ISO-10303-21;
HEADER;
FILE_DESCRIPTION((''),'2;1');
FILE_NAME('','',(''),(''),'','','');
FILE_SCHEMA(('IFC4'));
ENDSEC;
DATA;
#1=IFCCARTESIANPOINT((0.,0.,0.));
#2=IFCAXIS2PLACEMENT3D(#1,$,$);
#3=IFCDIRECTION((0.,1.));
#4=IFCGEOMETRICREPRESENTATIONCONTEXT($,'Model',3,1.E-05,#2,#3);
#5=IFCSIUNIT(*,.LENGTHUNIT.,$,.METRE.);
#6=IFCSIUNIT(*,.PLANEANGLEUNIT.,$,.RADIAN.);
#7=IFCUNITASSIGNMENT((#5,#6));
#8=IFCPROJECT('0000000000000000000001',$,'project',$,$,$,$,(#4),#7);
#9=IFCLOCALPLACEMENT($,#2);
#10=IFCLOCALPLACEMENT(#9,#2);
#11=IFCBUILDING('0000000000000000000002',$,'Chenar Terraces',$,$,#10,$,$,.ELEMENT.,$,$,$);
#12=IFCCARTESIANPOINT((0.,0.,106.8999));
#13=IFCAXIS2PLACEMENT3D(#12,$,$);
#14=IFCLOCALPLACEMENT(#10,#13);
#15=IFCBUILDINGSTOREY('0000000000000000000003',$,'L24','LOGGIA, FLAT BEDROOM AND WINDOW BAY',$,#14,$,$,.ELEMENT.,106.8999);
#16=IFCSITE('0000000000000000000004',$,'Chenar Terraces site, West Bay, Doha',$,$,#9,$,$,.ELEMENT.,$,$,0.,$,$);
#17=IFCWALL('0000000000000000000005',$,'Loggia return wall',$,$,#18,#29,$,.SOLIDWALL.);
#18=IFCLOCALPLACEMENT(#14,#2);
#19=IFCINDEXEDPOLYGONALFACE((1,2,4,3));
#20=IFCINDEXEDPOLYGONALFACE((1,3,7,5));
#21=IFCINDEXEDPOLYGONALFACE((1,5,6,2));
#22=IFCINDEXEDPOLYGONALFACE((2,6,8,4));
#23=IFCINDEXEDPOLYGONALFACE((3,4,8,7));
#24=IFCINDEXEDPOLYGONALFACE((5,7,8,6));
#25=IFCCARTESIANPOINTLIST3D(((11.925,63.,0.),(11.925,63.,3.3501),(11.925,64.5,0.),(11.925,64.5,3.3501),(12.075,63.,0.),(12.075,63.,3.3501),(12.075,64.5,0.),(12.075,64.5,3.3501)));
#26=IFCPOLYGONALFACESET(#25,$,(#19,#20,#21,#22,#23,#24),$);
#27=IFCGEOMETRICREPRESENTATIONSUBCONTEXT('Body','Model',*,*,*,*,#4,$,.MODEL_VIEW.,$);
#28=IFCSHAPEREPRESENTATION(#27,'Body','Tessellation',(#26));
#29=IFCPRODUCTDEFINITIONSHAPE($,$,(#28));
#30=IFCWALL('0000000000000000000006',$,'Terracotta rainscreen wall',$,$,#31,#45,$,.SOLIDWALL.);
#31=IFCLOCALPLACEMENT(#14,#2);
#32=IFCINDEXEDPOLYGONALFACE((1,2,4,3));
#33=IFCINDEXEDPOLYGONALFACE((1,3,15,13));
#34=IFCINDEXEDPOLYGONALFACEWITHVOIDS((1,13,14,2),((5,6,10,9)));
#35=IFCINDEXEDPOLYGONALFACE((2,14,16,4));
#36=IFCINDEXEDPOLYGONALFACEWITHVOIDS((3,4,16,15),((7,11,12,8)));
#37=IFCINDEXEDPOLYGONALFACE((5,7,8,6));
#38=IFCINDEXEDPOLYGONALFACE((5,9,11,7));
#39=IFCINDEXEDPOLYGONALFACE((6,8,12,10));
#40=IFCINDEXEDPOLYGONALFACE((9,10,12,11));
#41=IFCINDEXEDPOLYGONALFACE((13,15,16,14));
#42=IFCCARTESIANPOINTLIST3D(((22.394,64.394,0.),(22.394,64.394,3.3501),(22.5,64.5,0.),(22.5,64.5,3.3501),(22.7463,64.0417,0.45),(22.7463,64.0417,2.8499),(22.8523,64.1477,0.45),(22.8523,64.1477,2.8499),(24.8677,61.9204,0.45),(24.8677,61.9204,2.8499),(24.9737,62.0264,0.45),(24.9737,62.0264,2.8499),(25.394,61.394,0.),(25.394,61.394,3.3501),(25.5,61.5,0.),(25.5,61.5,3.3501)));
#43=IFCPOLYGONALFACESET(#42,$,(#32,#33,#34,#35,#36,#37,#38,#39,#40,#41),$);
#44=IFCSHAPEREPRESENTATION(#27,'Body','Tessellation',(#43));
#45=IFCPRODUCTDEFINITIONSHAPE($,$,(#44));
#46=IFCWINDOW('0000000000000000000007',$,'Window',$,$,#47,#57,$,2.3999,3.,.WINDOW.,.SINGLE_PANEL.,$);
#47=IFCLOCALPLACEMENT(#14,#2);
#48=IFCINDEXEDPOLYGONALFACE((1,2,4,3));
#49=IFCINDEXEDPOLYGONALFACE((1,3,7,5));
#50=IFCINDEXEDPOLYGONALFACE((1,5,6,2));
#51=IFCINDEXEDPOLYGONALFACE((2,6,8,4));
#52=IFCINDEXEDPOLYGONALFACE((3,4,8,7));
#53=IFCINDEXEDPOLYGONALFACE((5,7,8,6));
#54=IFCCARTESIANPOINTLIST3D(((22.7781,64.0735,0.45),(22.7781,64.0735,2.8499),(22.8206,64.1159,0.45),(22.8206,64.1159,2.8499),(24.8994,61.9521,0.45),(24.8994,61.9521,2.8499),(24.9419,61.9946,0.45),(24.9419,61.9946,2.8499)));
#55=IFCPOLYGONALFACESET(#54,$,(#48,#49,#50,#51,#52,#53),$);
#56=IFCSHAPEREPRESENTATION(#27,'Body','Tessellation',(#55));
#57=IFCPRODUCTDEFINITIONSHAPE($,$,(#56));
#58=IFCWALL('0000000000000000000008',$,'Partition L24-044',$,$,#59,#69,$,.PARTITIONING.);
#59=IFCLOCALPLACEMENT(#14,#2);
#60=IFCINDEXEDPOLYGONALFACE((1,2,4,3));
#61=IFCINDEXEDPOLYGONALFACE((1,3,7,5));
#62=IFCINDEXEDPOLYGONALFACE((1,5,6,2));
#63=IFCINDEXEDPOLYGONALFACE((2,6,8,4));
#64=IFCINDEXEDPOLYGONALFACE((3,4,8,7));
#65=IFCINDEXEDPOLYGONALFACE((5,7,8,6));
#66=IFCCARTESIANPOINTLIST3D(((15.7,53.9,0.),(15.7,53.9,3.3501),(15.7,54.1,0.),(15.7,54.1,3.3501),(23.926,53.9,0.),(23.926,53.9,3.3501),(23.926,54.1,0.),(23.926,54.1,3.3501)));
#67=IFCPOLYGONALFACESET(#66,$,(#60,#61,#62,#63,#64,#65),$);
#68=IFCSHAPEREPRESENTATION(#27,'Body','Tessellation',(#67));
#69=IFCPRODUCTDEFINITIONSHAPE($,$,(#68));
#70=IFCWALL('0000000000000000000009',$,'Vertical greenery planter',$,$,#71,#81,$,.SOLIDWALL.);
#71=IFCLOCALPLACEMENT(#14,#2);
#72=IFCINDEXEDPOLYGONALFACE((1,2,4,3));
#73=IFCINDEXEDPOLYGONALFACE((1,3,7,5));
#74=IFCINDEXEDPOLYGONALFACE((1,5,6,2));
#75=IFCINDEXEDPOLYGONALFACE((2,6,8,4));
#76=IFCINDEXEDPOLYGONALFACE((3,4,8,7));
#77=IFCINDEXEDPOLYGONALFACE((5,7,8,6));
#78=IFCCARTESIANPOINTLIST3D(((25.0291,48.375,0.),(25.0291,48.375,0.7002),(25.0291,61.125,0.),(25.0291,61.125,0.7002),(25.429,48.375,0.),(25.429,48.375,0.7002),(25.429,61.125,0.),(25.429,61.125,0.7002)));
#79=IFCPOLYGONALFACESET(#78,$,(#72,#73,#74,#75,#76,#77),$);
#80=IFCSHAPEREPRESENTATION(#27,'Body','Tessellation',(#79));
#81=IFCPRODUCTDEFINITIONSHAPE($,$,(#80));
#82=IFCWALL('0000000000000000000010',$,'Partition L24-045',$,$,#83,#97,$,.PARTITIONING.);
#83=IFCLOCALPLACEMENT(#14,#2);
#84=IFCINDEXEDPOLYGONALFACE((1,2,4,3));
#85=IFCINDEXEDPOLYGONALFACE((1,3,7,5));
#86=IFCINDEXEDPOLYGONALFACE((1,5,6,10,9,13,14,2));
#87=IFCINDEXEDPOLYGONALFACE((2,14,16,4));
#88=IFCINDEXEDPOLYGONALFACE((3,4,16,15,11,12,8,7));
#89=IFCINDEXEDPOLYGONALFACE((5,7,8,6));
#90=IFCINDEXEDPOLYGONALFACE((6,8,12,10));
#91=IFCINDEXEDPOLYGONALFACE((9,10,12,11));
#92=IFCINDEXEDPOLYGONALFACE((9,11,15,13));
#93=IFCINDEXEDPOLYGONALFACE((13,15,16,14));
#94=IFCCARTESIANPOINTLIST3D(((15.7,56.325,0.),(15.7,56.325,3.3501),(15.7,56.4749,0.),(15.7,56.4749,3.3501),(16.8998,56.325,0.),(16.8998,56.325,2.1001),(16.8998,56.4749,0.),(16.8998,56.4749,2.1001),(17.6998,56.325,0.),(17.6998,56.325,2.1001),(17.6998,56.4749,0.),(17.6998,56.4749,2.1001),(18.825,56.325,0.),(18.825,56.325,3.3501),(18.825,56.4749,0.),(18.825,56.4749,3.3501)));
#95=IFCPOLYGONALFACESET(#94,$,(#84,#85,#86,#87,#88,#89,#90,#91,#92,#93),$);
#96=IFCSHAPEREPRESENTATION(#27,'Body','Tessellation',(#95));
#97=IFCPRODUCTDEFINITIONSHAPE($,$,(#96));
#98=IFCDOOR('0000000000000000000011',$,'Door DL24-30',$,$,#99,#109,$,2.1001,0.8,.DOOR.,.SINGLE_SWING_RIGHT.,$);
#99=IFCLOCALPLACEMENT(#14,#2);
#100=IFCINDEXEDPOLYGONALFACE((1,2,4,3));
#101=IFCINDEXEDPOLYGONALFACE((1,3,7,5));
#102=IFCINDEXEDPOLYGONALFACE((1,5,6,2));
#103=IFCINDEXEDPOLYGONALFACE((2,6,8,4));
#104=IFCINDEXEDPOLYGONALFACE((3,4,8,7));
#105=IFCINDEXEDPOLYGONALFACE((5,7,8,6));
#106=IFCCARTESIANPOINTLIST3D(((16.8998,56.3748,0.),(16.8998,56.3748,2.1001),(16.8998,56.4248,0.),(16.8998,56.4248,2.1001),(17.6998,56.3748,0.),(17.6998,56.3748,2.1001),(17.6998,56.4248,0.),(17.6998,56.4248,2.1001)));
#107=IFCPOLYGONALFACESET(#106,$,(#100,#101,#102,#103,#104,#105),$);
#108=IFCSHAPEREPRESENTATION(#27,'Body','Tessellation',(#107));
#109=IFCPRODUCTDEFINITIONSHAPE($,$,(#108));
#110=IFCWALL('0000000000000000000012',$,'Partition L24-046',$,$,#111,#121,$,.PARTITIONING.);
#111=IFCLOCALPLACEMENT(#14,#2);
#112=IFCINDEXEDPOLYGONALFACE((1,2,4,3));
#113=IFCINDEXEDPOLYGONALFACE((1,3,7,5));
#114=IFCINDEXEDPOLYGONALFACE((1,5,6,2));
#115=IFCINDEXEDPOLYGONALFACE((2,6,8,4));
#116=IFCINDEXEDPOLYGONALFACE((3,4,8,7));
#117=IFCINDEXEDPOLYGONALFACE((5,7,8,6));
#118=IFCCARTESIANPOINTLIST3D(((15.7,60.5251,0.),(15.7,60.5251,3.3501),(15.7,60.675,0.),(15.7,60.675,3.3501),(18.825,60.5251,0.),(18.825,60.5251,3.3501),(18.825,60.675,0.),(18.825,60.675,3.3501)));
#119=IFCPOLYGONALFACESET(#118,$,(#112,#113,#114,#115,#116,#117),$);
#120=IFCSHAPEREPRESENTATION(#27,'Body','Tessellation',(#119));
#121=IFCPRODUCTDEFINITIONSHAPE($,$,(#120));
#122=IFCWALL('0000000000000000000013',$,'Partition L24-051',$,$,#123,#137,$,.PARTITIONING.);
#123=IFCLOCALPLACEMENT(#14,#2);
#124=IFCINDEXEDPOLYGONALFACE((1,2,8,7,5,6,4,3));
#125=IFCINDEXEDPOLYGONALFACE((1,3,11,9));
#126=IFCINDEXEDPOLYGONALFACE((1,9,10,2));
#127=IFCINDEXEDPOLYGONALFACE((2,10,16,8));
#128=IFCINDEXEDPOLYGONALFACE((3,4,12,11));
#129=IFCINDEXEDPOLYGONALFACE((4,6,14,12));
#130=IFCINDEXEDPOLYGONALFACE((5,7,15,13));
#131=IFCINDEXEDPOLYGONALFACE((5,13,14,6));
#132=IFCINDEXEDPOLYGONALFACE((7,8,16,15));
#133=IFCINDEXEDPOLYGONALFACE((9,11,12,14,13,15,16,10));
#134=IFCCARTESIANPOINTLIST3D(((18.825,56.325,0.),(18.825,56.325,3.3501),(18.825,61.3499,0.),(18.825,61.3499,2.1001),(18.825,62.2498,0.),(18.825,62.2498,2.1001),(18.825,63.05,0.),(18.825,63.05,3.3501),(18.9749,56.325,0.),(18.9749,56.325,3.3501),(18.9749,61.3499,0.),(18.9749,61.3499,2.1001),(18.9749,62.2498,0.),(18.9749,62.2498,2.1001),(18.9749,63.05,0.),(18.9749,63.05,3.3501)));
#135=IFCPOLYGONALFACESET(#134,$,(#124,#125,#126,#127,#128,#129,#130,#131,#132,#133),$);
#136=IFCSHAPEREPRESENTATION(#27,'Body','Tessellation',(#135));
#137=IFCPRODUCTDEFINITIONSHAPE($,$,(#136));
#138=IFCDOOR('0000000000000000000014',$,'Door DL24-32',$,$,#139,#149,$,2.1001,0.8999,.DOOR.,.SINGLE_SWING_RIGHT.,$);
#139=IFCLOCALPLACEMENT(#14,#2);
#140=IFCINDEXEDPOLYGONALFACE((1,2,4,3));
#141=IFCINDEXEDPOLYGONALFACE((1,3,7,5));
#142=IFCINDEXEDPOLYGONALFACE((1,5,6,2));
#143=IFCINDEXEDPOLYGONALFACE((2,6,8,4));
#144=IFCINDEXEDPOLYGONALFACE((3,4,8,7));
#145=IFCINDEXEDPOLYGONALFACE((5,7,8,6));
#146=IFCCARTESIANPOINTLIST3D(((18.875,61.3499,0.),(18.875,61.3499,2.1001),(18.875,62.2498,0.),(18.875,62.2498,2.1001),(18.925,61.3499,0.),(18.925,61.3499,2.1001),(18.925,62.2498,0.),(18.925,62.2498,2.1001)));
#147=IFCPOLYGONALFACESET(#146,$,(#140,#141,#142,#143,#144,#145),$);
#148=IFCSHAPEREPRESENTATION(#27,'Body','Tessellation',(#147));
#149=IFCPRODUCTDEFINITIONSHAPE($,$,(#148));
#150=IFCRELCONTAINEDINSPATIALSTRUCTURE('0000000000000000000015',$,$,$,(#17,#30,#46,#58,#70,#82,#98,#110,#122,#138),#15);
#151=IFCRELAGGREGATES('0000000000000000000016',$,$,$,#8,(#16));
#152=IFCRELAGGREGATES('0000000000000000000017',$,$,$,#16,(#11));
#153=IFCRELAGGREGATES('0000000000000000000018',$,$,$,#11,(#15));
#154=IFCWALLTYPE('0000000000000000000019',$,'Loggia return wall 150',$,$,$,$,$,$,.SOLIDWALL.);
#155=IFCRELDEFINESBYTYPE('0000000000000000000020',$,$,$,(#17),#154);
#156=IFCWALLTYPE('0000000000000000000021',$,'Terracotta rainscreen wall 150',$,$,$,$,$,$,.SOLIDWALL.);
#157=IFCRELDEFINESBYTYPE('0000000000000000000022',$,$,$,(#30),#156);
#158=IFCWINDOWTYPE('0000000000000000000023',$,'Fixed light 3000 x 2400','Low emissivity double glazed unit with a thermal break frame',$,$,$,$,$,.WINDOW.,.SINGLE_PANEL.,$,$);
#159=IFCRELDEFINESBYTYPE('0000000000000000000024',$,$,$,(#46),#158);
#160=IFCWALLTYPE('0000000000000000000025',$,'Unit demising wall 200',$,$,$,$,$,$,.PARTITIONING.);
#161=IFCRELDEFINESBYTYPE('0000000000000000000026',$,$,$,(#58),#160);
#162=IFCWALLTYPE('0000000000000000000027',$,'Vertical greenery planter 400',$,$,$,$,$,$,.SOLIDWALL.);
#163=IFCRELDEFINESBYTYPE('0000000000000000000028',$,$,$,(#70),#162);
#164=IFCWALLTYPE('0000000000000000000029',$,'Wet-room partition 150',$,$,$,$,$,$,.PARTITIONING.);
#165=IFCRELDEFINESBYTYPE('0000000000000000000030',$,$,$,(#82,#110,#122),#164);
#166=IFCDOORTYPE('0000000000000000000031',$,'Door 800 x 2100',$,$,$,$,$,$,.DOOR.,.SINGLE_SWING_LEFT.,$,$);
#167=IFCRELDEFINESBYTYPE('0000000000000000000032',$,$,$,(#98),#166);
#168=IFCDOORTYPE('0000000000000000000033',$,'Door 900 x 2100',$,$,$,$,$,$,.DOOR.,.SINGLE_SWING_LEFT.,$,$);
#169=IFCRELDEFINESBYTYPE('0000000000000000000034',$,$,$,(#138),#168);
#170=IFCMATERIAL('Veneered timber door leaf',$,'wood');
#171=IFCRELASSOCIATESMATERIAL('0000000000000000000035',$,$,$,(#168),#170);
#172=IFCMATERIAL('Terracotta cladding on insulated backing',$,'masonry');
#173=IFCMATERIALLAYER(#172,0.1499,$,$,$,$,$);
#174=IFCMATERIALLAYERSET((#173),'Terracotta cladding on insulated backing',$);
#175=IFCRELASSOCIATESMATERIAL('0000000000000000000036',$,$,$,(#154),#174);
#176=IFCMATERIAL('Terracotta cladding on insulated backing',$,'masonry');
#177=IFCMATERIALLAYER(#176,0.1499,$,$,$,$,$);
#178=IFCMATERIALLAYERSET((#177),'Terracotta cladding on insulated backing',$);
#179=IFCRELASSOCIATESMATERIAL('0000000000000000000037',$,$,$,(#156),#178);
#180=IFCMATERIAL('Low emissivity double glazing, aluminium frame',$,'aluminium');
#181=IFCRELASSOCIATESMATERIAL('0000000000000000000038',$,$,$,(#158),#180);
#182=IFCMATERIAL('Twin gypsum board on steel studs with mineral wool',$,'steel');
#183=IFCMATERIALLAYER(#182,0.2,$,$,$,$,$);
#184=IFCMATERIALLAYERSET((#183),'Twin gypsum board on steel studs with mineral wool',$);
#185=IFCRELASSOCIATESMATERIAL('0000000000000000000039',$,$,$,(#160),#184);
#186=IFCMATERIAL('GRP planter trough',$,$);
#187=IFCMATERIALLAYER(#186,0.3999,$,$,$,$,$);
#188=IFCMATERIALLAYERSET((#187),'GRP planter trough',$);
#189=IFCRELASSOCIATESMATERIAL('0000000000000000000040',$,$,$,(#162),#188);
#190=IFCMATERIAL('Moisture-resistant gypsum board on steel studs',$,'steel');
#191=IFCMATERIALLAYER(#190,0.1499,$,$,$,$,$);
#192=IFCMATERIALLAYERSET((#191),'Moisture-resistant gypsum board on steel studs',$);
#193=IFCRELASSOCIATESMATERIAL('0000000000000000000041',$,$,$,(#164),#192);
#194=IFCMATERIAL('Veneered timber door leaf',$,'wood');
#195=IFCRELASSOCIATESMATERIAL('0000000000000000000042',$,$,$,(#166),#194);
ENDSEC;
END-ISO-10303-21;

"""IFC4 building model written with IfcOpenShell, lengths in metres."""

from ifc_helpers import new_model, si_unit, direction, frame, frame_2d, origin, place, context, subcontext, project, spatial, rectangle, extrude, material, layer, layer_set, type_object, element, fill, save


model = new_model("IFC4")

# Units and contexts
model_context = context("Model", 3, precision=1e-05, world=origin(), true_north=direction((0.0, 1.0)))
body_context = subcontext(model_context, "Body", "Model", "MODEL_VIEW")
ifc_project = project(units=[si_unit("LENGTHUNIT", "METRE"), si_unit("PLANEANGLEUNIT", "RADIAN")], contexts=[model_context])

# Site, building, storey
site_placement = place(None, origin())
site = spatial("IfcSite", under=ifc_project, at=site_placement, Name="Chenar Terraces site, West Bay, Doha", CompositionType="ELEMENT", RefElevation=0.0)
building_placement = place(site_placement, origin())
building = spatial("IfcBuilding", under=site, at=building_placement, Name="Chenar Terraces", CompositionType="ELEMENT")
storey_placement = place(building_placement, frame((0.0, 0.0, 106.8999)))
storey = spatial("IfcBuildingStorey", under=building, at=storey_placement, Name="L24", Description="LOGGIA, FLAT BEDROOM AND WINDOW BAY", CompositionType="ELEMENT", Elevation=106.8999)

# Shared definitions
ifc_material_1 = material(Name="Veneered timber door leaf", Category="wood")
door_type_1 = type_object("IfcDoorType", Name="Door 900 x 2100", OperationType="SINGLE_SWING_LEFT", PredefinedType="DOOR", material=ifc_material_1)

# Wall
ifc_material_2 = material(Name="Terracotta cladding on insulated backing", Category="masonry")
ifc_layer_1 = layer(ifc_material_2, 0.1499)
ifc_layer_set_1 = layer_set([ifc_layer_1], Name="Terracotta cladding on insulated backing")
wall_type_1 = type_object("IfcWallType", Name="Loggia return wall 150", PredefinedType="SOLIDWALL", material=ifc_layer_set_1)
wall_1_placement = place(storey_placement, frame((12.0, 64.5, 0.0), z_axis=(0.0, 0.0, 1.0), x_axis=(0.0, -1.0, 0.0)))
element("IfcWall", 1, at=wall_1_placement, inside=storey, type_object=wall_type_1, Name="Loggia return wall", PredefinedType="SOLIDWALL", context=body_context, shape_type="SweptSolid", body=[
    extrude(rectangle(XDim=1.5, YDim=0.1499, at=frame_2d((0.75, 0.0))), origin(), (0.0, 0.0, 1.0), 3.3501),
])

# Wall, opening, window
ifc_material_3 = material(Name="Terracotta cladding on insulated backing", Category="masonry")
ifc_layer_2 = layer(ifc_material_3, 0.1499)
ifc_layer_set_2 = layer_set([ifc_layer_2], Name="Terracotta cladding on insulated backing")
wall_type_2 = type_object("IfcWallType", Name="Terracotta rainscreen wall 150", PredefinedType="SOLIDWALL", material=ifc_layer_set_2)
wall_2_placement = place(storey_placement, frame((25.447, 61.447, 0.0), z_axis=(0.0, 0.0, 1.0), x_axis=(-0.707107, 0.707107, 0.0)))
wall_2 = element("IfcWall", 2, at=wall_2_placement, inside=storey, type_object=wall_type_2, Name="Terracotta rainscreen wall", PredefinedType="SOLIDWALL", context=body_context, shape_type="SweptSolid", body=[
    extrude(rectangle(XDim=4.2427, YDim=0.1499, at=frame_2d((2.1213, 0.0))), origin(), (0.0, 0.0, 1.0), 3.3501),
])
opening_1_placement = place(wall_2_placement, frame((0.7444, 0.0, 0.45)))
opening_1 = element("IfcOpeningElement", 3, at=opening_1_placement, cuts=wall_2, PredefinedType="OPENING", context=body_context, shape_type="SweptSolid", body=[
    extrude(rectangle(XDim=3.0, YDim=2.3999, at=frame_2d((1.5, 1.2))), frame((0.0, 0.085, 0.0), z_axis=(0.0, -1.0, 0.0), x_axis=(1.0, 0.0, 0.0)), (0.0, 0.0, 1.0), 0.1699),
])
ifc_material_4 = material(Name="Low emissivity double glazing, aluminium frame", Category="aluminium")
window_type_1 = type_object("IfcWindowType", Name="Fixed light 3000 x 2400", Description="Low emissivity double glazed unit with a thermal break frame", PartitioningType="SINGLE_PANEL", PredefinedType="WINDOW", material=ifc_material_4)
window_1_placement = place(opening_1_placement, origin())
window_1 = element("IfcWindow", 4, at=window_1_placement, inside=storey, type_object=window_type_1, Name="Window", OverallHeight=2.3999, OverallWidth=3.0, PartitioningType="SINGLE_PANEL", PredefinedType="WINDOW", context=body_context, shape_type="SweptSolid", body=[
    extrude(rectangle(XDim=3.0, YDim=2.3999, at=frame_2d((1.5, 1.2))), frame((0.0, 0.03, 0.0), z_axis=(0.0, -1.0, 0.0), x_axis=(1.0, 0.0, 0.0)), (0.0, 0.0, 1.0), 0.0601),
])
fill(opening_1, window_1)

# Walls
ifc_material_5 = material(Name="Twin gypsum board on steel studs with mineral wool", Category="steel")
ifc_layer_3 = layer(ifc_material_5, 0.2)
ifc_layer_set_3 = layer_set([ifc_layer_3], Name="Twin gypsum board on steel studs with mineral wool")
wall_type_3 = type_object("IfcWallType", Name="Unit demising wall 200", PredefinedType="PARTITIONING", material=ifc_layer_set_3)
wall_3_placement = place(storey_placement, frame((15.7, 54.0, 0.0), z_axis=(0.0, 0.0, 1.0), x_axis=(1.0, 0.0, 0.0)))
element("IfcWall", 5, at=wall_3_placement, inside=storey, type_object=wall_type_3, Name="Partition L24-044", PredefinedType="PARTITIONING", context=body_context, shape_type="SweptSolid", body=[
    extrude(rectangle(XDim=8.2261, YDim=0.2, at=frame_2d((4.113, 0.0))), origin(), (0.0, 0.0, 1.0), 3.3501),
])
ifc_material_6 = material(Name="GRP planter trough")
ifc_layer_4 = layer(ifc_material_6, 0.3999)
ifc_layer_set_4 = layer_set([ifc_layer_4], Name="GRP planter trough")
wall_type_4 = type_object("IfcWallType", Name="Vertical greenery planter 400", PredefinedType="SOLIDWALL", material=ifc_layer_set_4)
wall_4_placement = place(storey_placement, frame((25.229, 48.375, 0.0), z_axis=(0.0, 0.0, 1.0), x_axis=(0.0, 1.0, 0.0)))
element("IfcWall", 6, at=wall_4_placement, inside=storey, type_object=wall_type_4, Name="Vertical greenery planter", PredefinedType="SOLIDWALL", context=body_context, shape_type="SweptSolid", body=[
    extrude(rectangle(XDim=12.75, YDim=0.3999, at=frame_2d((6.375, 0.0))), origin(), (0.0, 0.0, 1.0), 0.7002),
])

# Wall, opening, door
ifc_material_7 = material(Name="Moisture-resistant gypsum board on steel studs", Category="steel")
ifc_layer_5 = layer(ifc_material_7, 0.1499)
ifc_layer_set_5 = layer_set([ifc_layer_5], Name="Moisture-resistant gypsum board on steel studs")
wall_type_5 = type_object("IfcWallType", Name="Wet-room partition 150", PredefinedType="PARTITIONING", material=ifc_layer_set_5)
wall_5_placement = place(storey_placement, frame((15.7, 56.3999, 0.0), z_axis=(0.0, 0.0, 1.0), x_axis=(1.0, 0.0, 0.0)))
wall_5 = element("IfcWall", 7, at=wall_5_placement, inside=storey, type_object=wall_type_5, Name="Partition L24-045", PredefinedType="PARTITIONING", context=body_context, shape_type="SweptSolid", body=[
    extrude(rectangle(XDim=3.125, YDim=0.1499, at=frame_2d((1.5625, 0.0))), origin(), (0.0, 0.0, 1.0), 3.3501),
])
opening_2_placement = place(wall_5_placement, frame((1.2, 0.0, 0.0)))
opening_2 = element("IfcOpeningElement", 8, at=opening_2_placement, cuts=wall_5, PredefinedType="OPENING", context=body_context, shape_type="SweptSolid", body=[
    extrude(rectangle(XDim=0.8, YDim=2.1001, at=frame_2d((0.3999, 1.05))), frame((0.0, 0.085, 0.0), z_axis=(0.0, -1.0, 0.0), x_axis=(1.0, 0.0, 0.0)), (0.0, 0.0, 1.0), 0.1699),
])
ifc_material_8 = material(Name="Veneered timber door leaf", Category="wood")
door_type_2 = type_object("IfcDoorType", Name="Door 800 x 2100", OperationType="SINGLE_SWING_LEFT", PredefinedType="DOOR", material=ifc_material_8)
door_1_placement = place(opening_2_placement, origin())
door_1 = element("IfcDoor", 9, at=door_1_placement, inside=storey, type_object=door_type_2, Name="Door DL24-30", OperationType="SINGLE_SWING_RIGHT", OverallHeight=2.1001, OverallWidth=0.8, PredefinedType="DOOR", context=body_context, shape_type="SweptSolid", body=[
    extrude(rectangle(XDim=0.8, YDim=2.1001, at=frame_2d((0.3999, 1.05))), frame((0.0, 0.0249, 0.0), z_axis=(0.0, -1.0, 0.0), x_axis=(1.0, 0.0, 0.0)), (0.0, 0.0, 1.0), 0.05),
])
fill(opening_2, door_1)

# Wall
wall_6_placement = place(storey_placement, frame((15.7, 60.6001, 0.0), z_axis=(0.0, 0.0, 1.0), x_axis=(1.0, 0.0, 0.0)))
element("IfcWall", 10, at=wall_6_placement, inside=storey, type_object=wall_type_5, Name="Partition L24-046", PredefinedType="PARTITIONING", context=body_context, shape_type="SweptSolid", body=[
    extrude(rectangle(XDim=3.125, YDim=0.1499, at=frame_2d((1.5625, 0.0))), origin(), (0.0, 0.0, 1.0), 3.3501),
])

# Wall, opening, door
wall_7_placement = place(storey_placement, frame((18.8999, 56.325, 0.0), z_axis=(0.0, 0.0, 1.0), x_axis=(0.0, 1.0, 0.0)))
wall_7 = element("IfcWall", 11, at=wall_7_placement, inside=storey, type_object=wall_type_5, Name="Partition L24-051", PredefinedType="PARTITIONING", context=body_context, shape_type="SweptSolid", body=[
    extrude(rectangle(XDim=6.7251, YDim=0.1499, at=frame_2d((3.3625, 0.0))), origin(), (0.0, 0.0, 1.0), 3.3501),
])
opening_3_placement = place(wall_7_placement, frame((5.0249, 0.0, 0.0)))
opening_3 = element("IfcOpeningElement", 12, at=opening_3_placement, cuts=wall_7, PredefinedType="OPENING", context=body_context, shape_type="SweptSolid", body=[
    extrude(rectangle(XDim=0.8999, YDim=2.1001, at=frame_2d((0.45, 1.05))), frame((0.0, 0.085, 0.0), z_axis=(0.0, -1.0, 0.0), x_axis=(1.0, 0.0, 0.0)), (0.0, 0.0, 1.0), 0.1699),
])
door_2_placement = place(opening_3_placement, origin())
door_2 = element("IfcDoor", 13, at=door_2_placement, inside=storey, type_object=door_type_1, Name="Door DL24-32", OperationType="SINGLE_SWING_RIGHT", OverallHeight=2.1001, OverallWidth=0.8999, PredefinedType="DOOR", context=body_context, shape_type="SweptSolid", body=[
    extrude(rectangle(XDim=0.8999, YDim=2.1001, at=frame_2d((0.45, 1.05))), frame((0.0, 0.0249, 0.0), z_axis=(0.0, -1.0, 0.0), x_axis=(1.0, 0.0, 0.0)), (0.0, 0.0, 1.0), 0.05),
])
fill(opening_3, door_2)

save(model, "model.ifc")
